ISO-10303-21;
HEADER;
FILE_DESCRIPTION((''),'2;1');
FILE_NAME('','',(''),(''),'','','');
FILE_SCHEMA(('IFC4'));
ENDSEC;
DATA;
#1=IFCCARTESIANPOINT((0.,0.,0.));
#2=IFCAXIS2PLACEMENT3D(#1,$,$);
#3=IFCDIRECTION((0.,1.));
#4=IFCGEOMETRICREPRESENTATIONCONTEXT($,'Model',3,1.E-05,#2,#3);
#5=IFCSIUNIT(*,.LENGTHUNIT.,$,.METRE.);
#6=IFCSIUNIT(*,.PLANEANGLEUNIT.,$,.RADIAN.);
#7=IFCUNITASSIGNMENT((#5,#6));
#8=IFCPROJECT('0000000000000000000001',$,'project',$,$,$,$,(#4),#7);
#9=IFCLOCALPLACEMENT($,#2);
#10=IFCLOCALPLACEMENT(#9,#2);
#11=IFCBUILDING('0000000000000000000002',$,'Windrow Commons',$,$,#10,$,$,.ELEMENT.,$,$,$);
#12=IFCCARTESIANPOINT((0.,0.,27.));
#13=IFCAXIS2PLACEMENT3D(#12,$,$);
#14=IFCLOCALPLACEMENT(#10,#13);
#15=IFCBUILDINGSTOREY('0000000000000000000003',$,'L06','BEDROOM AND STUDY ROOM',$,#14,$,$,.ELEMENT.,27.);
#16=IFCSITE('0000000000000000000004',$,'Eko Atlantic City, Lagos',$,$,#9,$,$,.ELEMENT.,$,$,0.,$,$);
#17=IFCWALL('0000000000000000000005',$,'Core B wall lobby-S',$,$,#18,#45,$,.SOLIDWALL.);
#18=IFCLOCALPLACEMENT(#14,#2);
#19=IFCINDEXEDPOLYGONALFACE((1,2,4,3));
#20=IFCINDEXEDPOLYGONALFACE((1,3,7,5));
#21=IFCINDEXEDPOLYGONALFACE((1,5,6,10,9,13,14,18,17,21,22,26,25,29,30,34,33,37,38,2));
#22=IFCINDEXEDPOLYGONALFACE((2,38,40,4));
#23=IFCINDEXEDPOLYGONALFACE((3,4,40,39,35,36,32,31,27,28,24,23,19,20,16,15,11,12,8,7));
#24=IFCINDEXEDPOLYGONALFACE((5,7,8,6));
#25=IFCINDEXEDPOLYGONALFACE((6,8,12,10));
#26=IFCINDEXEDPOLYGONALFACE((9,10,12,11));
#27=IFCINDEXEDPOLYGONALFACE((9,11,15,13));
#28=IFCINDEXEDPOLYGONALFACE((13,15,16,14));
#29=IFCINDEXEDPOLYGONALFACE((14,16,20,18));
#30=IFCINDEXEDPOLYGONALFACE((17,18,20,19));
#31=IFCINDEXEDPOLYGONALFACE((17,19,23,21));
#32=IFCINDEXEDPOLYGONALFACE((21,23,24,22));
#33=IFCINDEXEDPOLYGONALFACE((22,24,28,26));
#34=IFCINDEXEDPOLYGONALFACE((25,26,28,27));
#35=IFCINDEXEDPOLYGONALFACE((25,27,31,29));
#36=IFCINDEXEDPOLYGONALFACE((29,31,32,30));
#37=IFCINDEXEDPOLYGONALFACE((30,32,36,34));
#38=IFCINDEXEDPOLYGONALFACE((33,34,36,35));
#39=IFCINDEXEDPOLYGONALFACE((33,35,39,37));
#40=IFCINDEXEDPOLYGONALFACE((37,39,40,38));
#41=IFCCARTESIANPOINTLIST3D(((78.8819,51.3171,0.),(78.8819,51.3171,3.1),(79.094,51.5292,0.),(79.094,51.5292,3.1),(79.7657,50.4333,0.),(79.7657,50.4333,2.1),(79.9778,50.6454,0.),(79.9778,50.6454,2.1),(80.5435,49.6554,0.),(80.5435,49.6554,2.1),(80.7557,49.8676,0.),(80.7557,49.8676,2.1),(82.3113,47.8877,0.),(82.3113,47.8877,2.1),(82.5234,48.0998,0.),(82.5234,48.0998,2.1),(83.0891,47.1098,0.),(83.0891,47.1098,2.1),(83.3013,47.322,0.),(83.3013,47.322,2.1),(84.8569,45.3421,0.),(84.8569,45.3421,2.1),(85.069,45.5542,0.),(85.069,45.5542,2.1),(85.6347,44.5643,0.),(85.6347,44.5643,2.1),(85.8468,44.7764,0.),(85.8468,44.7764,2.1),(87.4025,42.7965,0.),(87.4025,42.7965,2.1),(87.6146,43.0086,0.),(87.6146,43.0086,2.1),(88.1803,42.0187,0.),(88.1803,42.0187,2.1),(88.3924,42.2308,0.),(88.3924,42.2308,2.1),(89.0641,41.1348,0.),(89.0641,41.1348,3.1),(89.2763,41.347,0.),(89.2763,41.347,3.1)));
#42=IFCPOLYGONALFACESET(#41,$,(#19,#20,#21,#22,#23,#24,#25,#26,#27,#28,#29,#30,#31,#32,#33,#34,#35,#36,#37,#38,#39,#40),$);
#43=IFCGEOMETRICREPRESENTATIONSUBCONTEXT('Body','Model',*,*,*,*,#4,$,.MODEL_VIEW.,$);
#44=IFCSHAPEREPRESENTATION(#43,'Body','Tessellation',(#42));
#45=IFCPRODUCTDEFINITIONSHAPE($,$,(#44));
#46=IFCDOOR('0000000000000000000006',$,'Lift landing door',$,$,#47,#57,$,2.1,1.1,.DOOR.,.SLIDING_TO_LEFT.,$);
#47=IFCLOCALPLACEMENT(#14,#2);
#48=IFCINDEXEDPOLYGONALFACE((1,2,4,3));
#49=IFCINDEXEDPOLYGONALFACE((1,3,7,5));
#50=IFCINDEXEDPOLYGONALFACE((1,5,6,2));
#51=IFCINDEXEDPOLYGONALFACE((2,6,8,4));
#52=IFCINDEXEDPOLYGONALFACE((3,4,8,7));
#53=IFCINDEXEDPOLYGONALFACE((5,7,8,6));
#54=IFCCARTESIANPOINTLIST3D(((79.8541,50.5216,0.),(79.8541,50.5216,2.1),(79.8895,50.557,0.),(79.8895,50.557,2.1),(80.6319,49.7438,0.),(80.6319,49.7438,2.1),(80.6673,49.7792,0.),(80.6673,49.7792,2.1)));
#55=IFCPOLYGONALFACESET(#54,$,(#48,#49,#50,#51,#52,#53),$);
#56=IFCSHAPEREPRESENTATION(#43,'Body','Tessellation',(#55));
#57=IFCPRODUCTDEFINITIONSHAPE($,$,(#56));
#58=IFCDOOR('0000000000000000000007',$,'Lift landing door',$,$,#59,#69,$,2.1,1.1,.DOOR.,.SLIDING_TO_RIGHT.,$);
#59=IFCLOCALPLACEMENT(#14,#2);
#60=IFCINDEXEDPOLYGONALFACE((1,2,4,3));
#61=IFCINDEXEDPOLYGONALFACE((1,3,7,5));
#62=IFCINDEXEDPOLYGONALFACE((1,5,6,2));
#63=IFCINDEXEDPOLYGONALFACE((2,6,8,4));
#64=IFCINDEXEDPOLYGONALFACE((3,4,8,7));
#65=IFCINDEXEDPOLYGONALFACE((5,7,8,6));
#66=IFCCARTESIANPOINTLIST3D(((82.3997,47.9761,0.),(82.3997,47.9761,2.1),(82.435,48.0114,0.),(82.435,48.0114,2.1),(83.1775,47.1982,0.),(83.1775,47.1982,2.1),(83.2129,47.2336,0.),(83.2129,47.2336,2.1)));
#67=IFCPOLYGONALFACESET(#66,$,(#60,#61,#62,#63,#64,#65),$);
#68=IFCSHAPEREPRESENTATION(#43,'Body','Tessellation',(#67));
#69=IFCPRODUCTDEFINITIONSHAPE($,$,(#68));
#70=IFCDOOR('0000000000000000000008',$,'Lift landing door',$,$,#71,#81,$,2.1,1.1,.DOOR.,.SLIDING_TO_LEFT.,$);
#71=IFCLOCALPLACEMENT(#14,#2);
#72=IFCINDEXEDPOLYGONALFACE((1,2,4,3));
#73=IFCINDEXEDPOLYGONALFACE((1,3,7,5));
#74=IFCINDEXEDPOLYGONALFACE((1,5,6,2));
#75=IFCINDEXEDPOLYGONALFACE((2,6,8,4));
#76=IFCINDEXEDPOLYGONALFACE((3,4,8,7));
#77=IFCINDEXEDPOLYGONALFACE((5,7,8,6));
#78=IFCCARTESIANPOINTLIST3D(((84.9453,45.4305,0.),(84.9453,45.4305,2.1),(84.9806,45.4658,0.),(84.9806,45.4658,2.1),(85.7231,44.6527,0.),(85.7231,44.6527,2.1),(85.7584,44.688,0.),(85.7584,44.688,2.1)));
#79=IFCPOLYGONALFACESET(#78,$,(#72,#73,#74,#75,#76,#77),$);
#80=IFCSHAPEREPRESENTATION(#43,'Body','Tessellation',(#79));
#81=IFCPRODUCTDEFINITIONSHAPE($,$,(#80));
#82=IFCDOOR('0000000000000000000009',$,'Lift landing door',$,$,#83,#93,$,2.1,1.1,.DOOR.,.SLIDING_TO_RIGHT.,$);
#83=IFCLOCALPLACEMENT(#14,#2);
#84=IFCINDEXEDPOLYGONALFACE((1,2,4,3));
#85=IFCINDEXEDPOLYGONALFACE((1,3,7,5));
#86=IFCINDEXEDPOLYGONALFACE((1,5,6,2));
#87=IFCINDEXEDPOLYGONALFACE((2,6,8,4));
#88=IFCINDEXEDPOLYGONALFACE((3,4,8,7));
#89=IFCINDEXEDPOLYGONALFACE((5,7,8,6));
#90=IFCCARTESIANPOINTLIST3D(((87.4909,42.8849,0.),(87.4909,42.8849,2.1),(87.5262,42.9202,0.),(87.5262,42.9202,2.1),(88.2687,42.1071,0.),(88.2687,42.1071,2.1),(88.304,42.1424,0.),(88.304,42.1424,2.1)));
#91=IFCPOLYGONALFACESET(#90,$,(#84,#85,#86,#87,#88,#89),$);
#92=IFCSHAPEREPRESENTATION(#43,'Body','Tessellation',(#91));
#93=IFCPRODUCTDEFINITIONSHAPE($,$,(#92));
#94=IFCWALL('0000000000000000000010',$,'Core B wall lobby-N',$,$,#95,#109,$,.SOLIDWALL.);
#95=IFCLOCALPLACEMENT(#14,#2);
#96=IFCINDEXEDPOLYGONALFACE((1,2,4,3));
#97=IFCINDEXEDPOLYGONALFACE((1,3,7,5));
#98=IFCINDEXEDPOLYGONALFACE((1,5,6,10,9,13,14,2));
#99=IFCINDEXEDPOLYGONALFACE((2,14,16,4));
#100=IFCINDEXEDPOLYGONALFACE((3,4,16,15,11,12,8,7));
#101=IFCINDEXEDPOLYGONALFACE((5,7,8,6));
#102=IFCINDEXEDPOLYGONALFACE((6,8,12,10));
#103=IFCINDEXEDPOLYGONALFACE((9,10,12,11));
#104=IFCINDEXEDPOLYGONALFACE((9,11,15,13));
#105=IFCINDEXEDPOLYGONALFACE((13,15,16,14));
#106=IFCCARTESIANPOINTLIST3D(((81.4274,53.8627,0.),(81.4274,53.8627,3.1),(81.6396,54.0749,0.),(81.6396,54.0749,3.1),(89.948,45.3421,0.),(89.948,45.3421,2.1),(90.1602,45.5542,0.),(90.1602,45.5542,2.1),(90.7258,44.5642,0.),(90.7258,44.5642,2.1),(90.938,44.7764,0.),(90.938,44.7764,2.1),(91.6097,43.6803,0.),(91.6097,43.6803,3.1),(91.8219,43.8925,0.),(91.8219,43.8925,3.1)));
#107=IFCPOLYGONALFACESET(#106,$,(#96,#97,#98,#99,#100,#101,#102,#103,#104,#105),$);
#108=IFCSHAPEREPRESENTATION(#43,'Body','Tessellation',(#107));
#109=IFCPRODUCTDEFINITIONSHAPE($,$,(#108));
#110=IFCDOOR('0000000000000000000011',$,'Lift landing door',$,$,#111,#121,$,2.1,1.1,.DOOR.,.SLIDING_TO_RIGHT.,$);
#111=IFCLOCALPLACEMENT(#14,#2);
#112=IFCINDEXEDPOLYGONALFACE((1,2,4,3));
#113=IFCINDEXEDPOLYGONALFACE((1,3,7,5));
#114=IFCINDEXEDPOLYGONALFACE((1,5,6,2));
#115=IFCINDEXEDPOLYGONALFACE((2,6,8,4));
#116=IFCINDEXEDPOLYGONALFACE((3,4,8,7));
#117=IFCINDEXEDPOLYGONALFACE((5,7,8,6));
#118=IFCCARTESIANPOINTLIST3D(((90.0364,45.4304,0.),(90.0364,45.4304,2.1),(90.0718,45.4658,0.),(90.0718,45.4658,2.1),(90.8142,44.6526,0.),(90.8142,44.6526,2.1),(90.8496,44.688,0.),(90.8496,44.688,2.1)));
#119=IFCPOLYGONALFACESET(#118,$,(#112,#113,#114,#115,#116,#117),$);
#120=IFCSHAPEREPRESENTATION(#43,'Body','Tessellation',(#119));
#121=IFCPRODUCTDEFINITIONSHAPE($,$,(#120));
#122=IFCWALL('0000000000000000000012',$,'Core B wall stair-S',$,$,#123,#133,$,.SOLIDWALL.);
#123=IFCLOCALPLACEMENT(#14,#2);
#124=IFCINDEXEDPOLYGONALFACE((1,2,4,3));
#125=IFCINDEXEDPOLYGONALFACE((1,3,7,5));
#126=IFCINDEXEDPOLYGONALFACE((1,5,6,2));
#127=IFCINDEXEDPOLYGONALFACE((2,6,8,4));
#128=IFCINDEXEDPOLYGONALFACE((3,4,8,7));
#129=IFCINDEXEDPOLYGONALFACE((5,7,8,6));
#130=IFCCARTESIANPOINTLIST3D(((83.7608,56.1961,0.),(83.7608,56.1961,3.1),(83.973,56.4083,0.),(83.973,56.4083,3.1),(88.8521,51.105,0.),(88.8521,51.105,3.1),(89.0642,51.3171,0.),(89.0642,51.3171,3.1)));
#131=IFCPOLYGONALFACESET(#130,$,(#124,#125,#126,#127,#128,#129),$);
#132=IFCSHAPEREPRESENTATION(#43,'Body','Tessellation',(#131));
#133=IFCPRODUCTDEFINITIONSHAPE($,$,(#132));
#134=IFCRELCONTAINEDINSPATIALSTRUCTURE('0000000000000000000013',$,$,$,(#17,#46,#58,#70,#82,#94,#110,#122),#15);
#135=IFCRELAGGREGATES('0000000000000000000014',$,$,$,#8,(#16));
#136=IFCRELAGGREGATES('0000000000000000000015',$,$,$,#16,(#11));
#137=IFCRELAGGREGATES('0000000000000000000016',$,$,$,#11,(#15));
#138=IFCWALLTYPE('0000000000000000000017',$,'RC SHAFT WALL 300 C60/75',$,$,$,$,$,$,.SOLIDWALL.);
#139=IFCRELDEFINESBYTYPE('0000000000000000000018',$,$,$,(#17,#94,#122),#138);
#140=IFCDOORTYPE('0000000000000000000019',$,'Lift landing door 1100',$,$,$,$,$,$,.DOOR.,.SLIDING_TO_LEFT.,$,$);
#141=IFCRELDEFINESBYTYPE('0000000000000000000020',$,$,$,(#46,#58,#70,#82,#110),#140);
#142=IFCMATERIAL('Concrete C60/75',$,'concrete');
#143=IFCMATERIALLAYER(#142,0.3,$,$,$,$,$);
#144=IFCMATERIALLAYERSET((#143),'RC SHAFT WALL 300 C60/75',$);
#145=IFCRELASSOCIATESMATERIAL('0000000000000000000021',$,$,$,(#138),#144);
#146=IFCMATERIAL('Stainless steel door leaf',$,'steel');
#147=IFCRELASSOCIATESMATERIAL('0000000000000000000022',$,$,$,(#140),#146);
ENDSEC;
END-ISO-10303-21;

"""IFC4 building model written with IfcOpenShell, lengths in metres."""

from ifc_helpers import new_model, si_unit, direction, frame, frame_2d, origin, place, context, subcontext, project, spatial, rectangle, extrude, material, layer, layer_set, type_object, element, fill, save


model = new_model("IFC4")

# Units and contexts
model_context = context("Model", 3, precision=1e-05, world=origin(), true_north=direction((0.0, 1.0)))
body_context = subcontext(model_context, "Body", "Model", "MODEL_VIEW")
ifc_project = project(units=[si_unit("LENGTHUNIT", "METRE"), si_unit("PLANEANGLEUNIT", "RADIAN")], contexts=[model_context])

# Site, building, storey
site_placement = place(None, origin())
site = spatial("IfcSite", under=ifc_project, at=site_placement, Name="Eko Atlantic City, Lagos", CompositionType="ELEMENT", RefElevation=0.0)
building_placement = place(site_placement, origin())
building = spatial("IfcBuilding", under=site, at=building_placement, Name="Windrow Commons", CompositionType="ELEMENT")
storey_placement = place(building_placement, frame((0.0, 0.0, 27.0)))
storey = spatial("IfcBuildingStorey", under=building, at=storey_placement, Name="L06", Description="BEDROOM AND STUDY ROOM", CompositionType="ELEMENT", Elevation=27.0)

# Shared definitions
ifc_material_1 = material(Name="Concrete C60/75", Category="concrete")
ifc_layer_1 = layer(ifc_material_1, 0.3)
ifc_layer_set_1 = layer_set([ifc_layer_1], Name="RC SHAFT WALL 300 C60/75")
wall_type_1 = type_object("IfcWallType", Name="RC SHAFT WALL 300 C60/75", PredefinedType="SOLIDWALL", material=ifc_layer_set_1)

# Wall, openings, doors
wall_1_placement = place(storey_placement, frame((78.9879, 51.4232, 0.0), z_axis=(0.0, 0.0, 1.0), x_axis=(0.707107, -0.707107, 0.0)))
wall_1 = element("IfcWall", 1, at=wall_1_placement, inside=storey, type_object=wall_type_1, Name="Core B wall lobby-S", PredefinedType="SOLIDWALL", context=body_context, shape_type="SweptSolid", body=[
    extrude(rectangle(XDim=14.3999, YDim=0.3, at=frame_2d((7.2, 0.0))), origin(), (0.0, 0.0, 1.0), 3.1),
])
opening_1_placement = place(wall_1_placement, frame((1.25, 0.0, 0.0)))
opening_1 = element("IfcOpeningElement", 2, at=opening_1_placement, cuts=wall_1, PredefinedType="OPENING", context=body_context, shape_type="SweptSolid", body=[
    extrude(rectangle(XDim=1.1, YDim=2.1, at=frame_2d((0.55, 1.05))), frame((0.0, 0.16, 0.0), z_axis=(0.0, -1.0, 0.0), x_axis=(1.0, 0.0, 0.0)), (0.0, 0.0, 1.0), 0.32),
])
opening_2_placement = place(wall_1_placement, frame((4.85, 0.0, 0.0)))
opening_2 = element("IfcOpeningElement", 3, at=opening_2_placement, cuts=wall_1, PredefinedType="OPENING", context=body_context, shape_type="SweptSolid", body=[
    extrude(rectangle(XDim=1.1, YDim=2.1, at=frame_2d((0.55, 1.05))), frame((0.0, 0.16, 0.0), z_axis=(0.0, -1.0, 0.0), x_axis=(1.0, 0.0, 0.0)), (0.0, 0.0, 1.0), 0.32),
])
opening_3_placement = place(wall_1_placement, frame((8.45, 0.0, 0.0)))
opening_3 = element("IfcOpeningElement", 4, at=opening_3_placement, cuts=wall_1, PredefinedType="OPENING", context=body_context, shape_type="SweptSolid", body=[
    extrude(rectangle(XDim=1.1, YDim=2.1, at=frame_2d((0.55, 1.05))), frame((0.0, 0.16, 0.0), z_axis=(0.0, -1.0, 0.0), x_axis=(1.0, 0.0, 0.0)), (0.0, 0.0, 1.0), 0.32),
])
opening_4_placement = place(wall_1_placement, frame((12.05, 0.0, 0.0)))
opening_4 = element("IfcOpeningElement", 5, at=opening_4_placement, cuts=wall_1, PredefinedType="OPENING", context=body_context, shape_type="SweptSolid", body=[
    extrude(rectangle(XDim=1.1, YDim=2.1, at=frame_2d((0.55, 1.05))), frame((0.0, 0.16, 0.0), z_axis=(0.0, -1.0, 0.0), x_axis=(1.0, 0.0, 0.0)), (0.0, 0.0, 1.0), 0.32),
])
ifc_material_2 = material(Name="Stainless steel door leaf", Category="steel")
door_type_1 = type_object("IfcDoorType", Name="Lift landing door 1100", OperationType="SLIDING_TO_LEFT", PredefinedType="DOOR", material=ifc_material_2)
door_1_placement = place(opening_1_placement, origin())
door_1 = element("IfcDoor", 6, at=door_1_placement, inside=storey, type_object=door_type_1, Name="Lift landing door", OperationType="SLIDING_TO_LEFT", OverallHeight=2.1, OverallWidth=1.1, PredefinedType="DOOR", context=body_context, shape_type="SweptSolid", body=[
    extrude(rectangle(XDim=1.1, YDim=2.1, at=frame_2d((0.55, 1.05))), frame((0.0, 0.025, 0.0), z_axis=(0.0, -1.0, 0.0), x_axis=(1.0, 0.0, 0.0)), (0.0, 0.0, 1.0), 0.05),
])
fill(opening_1, door_1)
door_2_placement = place(opening_2_placement, origin())
door_2 = element("IfcDoor", 7, at=door_2_placement, inside=storey, type_object=door_type_1, Name="Lift landing door", OperationType="SLIDING_TO_RIGHT", OverallHeight=2.1, OverallWidth=1.1, PredefinedType="DOOR", context=body_context, shape_type="SweptSolid", body=[
    extrude(rectangle(XDim=1.1, YDim=2.1, at=frame_2d((0.55, 1.05))), frame((0.0, 0.025, 0.0), z_axis=(0.0, -1.0, 0.0), x_axis=(1.0, 0.0, 0.0)), (0.0, 0.0, 1.0), 0.05),
])
fill(opening_2, door_2)
door_3_placement = place(opening_3_placement, origin())
door_3 = element("IfcDoor", 8, at=door_3_placement, inside=storey, type_object=door_type_1, Name="Lift landing door", OperationType="SLIDING_TO_LEFT", OverallHeight=2.1, OverallWidth=1.1, PredefinedType="DOOR", context=body_context, shape_type="SweptSolid", body=[
    extrude(rectangle(XDim=1.1, YDim=2.1, at=frame_2d((0.55, 1.05))), frame((0.0, 0.025, 0.0), z_axis=(0.0, -1.0, 0.0), x_axis=(1.0, 0.0, 0.0)), (0.0, 0.0, 1.0), 0.05),
])
fill(opening_3, door_3)
door_4_placement = place(opening_4_placement, origin())
door_4 = element("IfcDoor", 9, at=door_4_placement, inside=storey, type_object=door_type_1, Name="Lift landing door", OperationType="SLIDING_TO_RIGHT", OverallHeight=2.1, OverallWidth=1.1, PredefinedType="DOOR", context=body_context, shape_type="SweptSolid", body=[
    extrude(rectangle(XDim=1.1, YDim=2.1, at=frame_2d((0.55, 1.05))), frame((0.0, 0.025, 0.0), z_axis=(0.0, -1.0, 0.0), x_axis=(1.0, 0.0, 0.0)), (0.0, 0.0, 1.0), 0.05),
])
fill(opening_4, door_4)

# Wall, opening, door
wall_2_placement = place(storey_placement, frame((81.5335, 53.9688, 0.0), z_axis=(0.0, 0.0, 1.0), x_axis=(0.707103, -0.70711, 0.0)))
wall_2 = element("IfcWall", 10, at=wall_2_placement, inside=storey, type_object=wall_type_1, Name="Core B wall lobby-N", PredefinedType="SOLIDWALL", context=body_context, shape_type="SweptSolid", body=[
    extrude(rectangle(XDim=14.4, YDim=0.3, at=frame_2d((7.2, 0.0))), origin(), (0.0, 0.0, 1.0), 3.1),
])
opening_5_placement = place(wall_2_placement, frame((12.05, 0.0, 0.0)))
opening_5 = element("IfcOpeningElement", 11, at=opening_5_placement, cuts=wall_2, PredefinedType="OPENING", context=body_context, shape_type="SweptSolid", body=[
    extrude(rectangle(XDim=1.1, YDim=2.1, at=frame_2d((0.55, 1.05))), frame((0.0, 0.16, 0.0), z_axis=(0.0, -1.0, 0.0), x_axis=(1.0, 0.0, 0.0)), (0.0, 0.0, 1.0), 0.32),
])
door_5_placement = place(opening_5_placement, origin())
door_5 = element("IfcDoor", 12, at=door_5_placement, inside=storey, type_object=door_type_1, Name="Lift landing door", OperationType="SLIDING_TO_RIGHT", OverallHeight=2.1, OverallWidth=1.1, PredefinedType="DOOR", context=body_context, shape_type="SweptSolid", body=[
    extrude(rectangle(XDim=1.1, YDim=2.1, at=frame_2d((0.55, 1.05))), frame((0.0, 0.025, 0.0), z_axis=(0.0, -1.0, 0.0), x_axis=(1.0, 0.0, 0.0)), (0.0, 0.0, 1.0), 0.05),
])
fill(opening_5, door_5)

# Wall
wall_3_placement = place(storey_placement, frame((83.8669, 56.3022, 0.0), z_axis=(0.0, 0.0, 1.0), x_axis=(0.707114, -0.7071, 0.0)))
element("IfcWall", 13, at=wall_3_placement, inside=storey, type_object=wall_type_1, Name="Core B wall stair-S", PredefinedType="SOLIDWALL", context=body_context, shape_type="SweptSolid", body=[
    extrude(rectangle(XDim=7.2, YDim=0.3, at=frame_2d((3.6, 0.0))), origin(), (0.0, 0.0, 1.0), 3.1),
])

save(model, "model.ifc")
